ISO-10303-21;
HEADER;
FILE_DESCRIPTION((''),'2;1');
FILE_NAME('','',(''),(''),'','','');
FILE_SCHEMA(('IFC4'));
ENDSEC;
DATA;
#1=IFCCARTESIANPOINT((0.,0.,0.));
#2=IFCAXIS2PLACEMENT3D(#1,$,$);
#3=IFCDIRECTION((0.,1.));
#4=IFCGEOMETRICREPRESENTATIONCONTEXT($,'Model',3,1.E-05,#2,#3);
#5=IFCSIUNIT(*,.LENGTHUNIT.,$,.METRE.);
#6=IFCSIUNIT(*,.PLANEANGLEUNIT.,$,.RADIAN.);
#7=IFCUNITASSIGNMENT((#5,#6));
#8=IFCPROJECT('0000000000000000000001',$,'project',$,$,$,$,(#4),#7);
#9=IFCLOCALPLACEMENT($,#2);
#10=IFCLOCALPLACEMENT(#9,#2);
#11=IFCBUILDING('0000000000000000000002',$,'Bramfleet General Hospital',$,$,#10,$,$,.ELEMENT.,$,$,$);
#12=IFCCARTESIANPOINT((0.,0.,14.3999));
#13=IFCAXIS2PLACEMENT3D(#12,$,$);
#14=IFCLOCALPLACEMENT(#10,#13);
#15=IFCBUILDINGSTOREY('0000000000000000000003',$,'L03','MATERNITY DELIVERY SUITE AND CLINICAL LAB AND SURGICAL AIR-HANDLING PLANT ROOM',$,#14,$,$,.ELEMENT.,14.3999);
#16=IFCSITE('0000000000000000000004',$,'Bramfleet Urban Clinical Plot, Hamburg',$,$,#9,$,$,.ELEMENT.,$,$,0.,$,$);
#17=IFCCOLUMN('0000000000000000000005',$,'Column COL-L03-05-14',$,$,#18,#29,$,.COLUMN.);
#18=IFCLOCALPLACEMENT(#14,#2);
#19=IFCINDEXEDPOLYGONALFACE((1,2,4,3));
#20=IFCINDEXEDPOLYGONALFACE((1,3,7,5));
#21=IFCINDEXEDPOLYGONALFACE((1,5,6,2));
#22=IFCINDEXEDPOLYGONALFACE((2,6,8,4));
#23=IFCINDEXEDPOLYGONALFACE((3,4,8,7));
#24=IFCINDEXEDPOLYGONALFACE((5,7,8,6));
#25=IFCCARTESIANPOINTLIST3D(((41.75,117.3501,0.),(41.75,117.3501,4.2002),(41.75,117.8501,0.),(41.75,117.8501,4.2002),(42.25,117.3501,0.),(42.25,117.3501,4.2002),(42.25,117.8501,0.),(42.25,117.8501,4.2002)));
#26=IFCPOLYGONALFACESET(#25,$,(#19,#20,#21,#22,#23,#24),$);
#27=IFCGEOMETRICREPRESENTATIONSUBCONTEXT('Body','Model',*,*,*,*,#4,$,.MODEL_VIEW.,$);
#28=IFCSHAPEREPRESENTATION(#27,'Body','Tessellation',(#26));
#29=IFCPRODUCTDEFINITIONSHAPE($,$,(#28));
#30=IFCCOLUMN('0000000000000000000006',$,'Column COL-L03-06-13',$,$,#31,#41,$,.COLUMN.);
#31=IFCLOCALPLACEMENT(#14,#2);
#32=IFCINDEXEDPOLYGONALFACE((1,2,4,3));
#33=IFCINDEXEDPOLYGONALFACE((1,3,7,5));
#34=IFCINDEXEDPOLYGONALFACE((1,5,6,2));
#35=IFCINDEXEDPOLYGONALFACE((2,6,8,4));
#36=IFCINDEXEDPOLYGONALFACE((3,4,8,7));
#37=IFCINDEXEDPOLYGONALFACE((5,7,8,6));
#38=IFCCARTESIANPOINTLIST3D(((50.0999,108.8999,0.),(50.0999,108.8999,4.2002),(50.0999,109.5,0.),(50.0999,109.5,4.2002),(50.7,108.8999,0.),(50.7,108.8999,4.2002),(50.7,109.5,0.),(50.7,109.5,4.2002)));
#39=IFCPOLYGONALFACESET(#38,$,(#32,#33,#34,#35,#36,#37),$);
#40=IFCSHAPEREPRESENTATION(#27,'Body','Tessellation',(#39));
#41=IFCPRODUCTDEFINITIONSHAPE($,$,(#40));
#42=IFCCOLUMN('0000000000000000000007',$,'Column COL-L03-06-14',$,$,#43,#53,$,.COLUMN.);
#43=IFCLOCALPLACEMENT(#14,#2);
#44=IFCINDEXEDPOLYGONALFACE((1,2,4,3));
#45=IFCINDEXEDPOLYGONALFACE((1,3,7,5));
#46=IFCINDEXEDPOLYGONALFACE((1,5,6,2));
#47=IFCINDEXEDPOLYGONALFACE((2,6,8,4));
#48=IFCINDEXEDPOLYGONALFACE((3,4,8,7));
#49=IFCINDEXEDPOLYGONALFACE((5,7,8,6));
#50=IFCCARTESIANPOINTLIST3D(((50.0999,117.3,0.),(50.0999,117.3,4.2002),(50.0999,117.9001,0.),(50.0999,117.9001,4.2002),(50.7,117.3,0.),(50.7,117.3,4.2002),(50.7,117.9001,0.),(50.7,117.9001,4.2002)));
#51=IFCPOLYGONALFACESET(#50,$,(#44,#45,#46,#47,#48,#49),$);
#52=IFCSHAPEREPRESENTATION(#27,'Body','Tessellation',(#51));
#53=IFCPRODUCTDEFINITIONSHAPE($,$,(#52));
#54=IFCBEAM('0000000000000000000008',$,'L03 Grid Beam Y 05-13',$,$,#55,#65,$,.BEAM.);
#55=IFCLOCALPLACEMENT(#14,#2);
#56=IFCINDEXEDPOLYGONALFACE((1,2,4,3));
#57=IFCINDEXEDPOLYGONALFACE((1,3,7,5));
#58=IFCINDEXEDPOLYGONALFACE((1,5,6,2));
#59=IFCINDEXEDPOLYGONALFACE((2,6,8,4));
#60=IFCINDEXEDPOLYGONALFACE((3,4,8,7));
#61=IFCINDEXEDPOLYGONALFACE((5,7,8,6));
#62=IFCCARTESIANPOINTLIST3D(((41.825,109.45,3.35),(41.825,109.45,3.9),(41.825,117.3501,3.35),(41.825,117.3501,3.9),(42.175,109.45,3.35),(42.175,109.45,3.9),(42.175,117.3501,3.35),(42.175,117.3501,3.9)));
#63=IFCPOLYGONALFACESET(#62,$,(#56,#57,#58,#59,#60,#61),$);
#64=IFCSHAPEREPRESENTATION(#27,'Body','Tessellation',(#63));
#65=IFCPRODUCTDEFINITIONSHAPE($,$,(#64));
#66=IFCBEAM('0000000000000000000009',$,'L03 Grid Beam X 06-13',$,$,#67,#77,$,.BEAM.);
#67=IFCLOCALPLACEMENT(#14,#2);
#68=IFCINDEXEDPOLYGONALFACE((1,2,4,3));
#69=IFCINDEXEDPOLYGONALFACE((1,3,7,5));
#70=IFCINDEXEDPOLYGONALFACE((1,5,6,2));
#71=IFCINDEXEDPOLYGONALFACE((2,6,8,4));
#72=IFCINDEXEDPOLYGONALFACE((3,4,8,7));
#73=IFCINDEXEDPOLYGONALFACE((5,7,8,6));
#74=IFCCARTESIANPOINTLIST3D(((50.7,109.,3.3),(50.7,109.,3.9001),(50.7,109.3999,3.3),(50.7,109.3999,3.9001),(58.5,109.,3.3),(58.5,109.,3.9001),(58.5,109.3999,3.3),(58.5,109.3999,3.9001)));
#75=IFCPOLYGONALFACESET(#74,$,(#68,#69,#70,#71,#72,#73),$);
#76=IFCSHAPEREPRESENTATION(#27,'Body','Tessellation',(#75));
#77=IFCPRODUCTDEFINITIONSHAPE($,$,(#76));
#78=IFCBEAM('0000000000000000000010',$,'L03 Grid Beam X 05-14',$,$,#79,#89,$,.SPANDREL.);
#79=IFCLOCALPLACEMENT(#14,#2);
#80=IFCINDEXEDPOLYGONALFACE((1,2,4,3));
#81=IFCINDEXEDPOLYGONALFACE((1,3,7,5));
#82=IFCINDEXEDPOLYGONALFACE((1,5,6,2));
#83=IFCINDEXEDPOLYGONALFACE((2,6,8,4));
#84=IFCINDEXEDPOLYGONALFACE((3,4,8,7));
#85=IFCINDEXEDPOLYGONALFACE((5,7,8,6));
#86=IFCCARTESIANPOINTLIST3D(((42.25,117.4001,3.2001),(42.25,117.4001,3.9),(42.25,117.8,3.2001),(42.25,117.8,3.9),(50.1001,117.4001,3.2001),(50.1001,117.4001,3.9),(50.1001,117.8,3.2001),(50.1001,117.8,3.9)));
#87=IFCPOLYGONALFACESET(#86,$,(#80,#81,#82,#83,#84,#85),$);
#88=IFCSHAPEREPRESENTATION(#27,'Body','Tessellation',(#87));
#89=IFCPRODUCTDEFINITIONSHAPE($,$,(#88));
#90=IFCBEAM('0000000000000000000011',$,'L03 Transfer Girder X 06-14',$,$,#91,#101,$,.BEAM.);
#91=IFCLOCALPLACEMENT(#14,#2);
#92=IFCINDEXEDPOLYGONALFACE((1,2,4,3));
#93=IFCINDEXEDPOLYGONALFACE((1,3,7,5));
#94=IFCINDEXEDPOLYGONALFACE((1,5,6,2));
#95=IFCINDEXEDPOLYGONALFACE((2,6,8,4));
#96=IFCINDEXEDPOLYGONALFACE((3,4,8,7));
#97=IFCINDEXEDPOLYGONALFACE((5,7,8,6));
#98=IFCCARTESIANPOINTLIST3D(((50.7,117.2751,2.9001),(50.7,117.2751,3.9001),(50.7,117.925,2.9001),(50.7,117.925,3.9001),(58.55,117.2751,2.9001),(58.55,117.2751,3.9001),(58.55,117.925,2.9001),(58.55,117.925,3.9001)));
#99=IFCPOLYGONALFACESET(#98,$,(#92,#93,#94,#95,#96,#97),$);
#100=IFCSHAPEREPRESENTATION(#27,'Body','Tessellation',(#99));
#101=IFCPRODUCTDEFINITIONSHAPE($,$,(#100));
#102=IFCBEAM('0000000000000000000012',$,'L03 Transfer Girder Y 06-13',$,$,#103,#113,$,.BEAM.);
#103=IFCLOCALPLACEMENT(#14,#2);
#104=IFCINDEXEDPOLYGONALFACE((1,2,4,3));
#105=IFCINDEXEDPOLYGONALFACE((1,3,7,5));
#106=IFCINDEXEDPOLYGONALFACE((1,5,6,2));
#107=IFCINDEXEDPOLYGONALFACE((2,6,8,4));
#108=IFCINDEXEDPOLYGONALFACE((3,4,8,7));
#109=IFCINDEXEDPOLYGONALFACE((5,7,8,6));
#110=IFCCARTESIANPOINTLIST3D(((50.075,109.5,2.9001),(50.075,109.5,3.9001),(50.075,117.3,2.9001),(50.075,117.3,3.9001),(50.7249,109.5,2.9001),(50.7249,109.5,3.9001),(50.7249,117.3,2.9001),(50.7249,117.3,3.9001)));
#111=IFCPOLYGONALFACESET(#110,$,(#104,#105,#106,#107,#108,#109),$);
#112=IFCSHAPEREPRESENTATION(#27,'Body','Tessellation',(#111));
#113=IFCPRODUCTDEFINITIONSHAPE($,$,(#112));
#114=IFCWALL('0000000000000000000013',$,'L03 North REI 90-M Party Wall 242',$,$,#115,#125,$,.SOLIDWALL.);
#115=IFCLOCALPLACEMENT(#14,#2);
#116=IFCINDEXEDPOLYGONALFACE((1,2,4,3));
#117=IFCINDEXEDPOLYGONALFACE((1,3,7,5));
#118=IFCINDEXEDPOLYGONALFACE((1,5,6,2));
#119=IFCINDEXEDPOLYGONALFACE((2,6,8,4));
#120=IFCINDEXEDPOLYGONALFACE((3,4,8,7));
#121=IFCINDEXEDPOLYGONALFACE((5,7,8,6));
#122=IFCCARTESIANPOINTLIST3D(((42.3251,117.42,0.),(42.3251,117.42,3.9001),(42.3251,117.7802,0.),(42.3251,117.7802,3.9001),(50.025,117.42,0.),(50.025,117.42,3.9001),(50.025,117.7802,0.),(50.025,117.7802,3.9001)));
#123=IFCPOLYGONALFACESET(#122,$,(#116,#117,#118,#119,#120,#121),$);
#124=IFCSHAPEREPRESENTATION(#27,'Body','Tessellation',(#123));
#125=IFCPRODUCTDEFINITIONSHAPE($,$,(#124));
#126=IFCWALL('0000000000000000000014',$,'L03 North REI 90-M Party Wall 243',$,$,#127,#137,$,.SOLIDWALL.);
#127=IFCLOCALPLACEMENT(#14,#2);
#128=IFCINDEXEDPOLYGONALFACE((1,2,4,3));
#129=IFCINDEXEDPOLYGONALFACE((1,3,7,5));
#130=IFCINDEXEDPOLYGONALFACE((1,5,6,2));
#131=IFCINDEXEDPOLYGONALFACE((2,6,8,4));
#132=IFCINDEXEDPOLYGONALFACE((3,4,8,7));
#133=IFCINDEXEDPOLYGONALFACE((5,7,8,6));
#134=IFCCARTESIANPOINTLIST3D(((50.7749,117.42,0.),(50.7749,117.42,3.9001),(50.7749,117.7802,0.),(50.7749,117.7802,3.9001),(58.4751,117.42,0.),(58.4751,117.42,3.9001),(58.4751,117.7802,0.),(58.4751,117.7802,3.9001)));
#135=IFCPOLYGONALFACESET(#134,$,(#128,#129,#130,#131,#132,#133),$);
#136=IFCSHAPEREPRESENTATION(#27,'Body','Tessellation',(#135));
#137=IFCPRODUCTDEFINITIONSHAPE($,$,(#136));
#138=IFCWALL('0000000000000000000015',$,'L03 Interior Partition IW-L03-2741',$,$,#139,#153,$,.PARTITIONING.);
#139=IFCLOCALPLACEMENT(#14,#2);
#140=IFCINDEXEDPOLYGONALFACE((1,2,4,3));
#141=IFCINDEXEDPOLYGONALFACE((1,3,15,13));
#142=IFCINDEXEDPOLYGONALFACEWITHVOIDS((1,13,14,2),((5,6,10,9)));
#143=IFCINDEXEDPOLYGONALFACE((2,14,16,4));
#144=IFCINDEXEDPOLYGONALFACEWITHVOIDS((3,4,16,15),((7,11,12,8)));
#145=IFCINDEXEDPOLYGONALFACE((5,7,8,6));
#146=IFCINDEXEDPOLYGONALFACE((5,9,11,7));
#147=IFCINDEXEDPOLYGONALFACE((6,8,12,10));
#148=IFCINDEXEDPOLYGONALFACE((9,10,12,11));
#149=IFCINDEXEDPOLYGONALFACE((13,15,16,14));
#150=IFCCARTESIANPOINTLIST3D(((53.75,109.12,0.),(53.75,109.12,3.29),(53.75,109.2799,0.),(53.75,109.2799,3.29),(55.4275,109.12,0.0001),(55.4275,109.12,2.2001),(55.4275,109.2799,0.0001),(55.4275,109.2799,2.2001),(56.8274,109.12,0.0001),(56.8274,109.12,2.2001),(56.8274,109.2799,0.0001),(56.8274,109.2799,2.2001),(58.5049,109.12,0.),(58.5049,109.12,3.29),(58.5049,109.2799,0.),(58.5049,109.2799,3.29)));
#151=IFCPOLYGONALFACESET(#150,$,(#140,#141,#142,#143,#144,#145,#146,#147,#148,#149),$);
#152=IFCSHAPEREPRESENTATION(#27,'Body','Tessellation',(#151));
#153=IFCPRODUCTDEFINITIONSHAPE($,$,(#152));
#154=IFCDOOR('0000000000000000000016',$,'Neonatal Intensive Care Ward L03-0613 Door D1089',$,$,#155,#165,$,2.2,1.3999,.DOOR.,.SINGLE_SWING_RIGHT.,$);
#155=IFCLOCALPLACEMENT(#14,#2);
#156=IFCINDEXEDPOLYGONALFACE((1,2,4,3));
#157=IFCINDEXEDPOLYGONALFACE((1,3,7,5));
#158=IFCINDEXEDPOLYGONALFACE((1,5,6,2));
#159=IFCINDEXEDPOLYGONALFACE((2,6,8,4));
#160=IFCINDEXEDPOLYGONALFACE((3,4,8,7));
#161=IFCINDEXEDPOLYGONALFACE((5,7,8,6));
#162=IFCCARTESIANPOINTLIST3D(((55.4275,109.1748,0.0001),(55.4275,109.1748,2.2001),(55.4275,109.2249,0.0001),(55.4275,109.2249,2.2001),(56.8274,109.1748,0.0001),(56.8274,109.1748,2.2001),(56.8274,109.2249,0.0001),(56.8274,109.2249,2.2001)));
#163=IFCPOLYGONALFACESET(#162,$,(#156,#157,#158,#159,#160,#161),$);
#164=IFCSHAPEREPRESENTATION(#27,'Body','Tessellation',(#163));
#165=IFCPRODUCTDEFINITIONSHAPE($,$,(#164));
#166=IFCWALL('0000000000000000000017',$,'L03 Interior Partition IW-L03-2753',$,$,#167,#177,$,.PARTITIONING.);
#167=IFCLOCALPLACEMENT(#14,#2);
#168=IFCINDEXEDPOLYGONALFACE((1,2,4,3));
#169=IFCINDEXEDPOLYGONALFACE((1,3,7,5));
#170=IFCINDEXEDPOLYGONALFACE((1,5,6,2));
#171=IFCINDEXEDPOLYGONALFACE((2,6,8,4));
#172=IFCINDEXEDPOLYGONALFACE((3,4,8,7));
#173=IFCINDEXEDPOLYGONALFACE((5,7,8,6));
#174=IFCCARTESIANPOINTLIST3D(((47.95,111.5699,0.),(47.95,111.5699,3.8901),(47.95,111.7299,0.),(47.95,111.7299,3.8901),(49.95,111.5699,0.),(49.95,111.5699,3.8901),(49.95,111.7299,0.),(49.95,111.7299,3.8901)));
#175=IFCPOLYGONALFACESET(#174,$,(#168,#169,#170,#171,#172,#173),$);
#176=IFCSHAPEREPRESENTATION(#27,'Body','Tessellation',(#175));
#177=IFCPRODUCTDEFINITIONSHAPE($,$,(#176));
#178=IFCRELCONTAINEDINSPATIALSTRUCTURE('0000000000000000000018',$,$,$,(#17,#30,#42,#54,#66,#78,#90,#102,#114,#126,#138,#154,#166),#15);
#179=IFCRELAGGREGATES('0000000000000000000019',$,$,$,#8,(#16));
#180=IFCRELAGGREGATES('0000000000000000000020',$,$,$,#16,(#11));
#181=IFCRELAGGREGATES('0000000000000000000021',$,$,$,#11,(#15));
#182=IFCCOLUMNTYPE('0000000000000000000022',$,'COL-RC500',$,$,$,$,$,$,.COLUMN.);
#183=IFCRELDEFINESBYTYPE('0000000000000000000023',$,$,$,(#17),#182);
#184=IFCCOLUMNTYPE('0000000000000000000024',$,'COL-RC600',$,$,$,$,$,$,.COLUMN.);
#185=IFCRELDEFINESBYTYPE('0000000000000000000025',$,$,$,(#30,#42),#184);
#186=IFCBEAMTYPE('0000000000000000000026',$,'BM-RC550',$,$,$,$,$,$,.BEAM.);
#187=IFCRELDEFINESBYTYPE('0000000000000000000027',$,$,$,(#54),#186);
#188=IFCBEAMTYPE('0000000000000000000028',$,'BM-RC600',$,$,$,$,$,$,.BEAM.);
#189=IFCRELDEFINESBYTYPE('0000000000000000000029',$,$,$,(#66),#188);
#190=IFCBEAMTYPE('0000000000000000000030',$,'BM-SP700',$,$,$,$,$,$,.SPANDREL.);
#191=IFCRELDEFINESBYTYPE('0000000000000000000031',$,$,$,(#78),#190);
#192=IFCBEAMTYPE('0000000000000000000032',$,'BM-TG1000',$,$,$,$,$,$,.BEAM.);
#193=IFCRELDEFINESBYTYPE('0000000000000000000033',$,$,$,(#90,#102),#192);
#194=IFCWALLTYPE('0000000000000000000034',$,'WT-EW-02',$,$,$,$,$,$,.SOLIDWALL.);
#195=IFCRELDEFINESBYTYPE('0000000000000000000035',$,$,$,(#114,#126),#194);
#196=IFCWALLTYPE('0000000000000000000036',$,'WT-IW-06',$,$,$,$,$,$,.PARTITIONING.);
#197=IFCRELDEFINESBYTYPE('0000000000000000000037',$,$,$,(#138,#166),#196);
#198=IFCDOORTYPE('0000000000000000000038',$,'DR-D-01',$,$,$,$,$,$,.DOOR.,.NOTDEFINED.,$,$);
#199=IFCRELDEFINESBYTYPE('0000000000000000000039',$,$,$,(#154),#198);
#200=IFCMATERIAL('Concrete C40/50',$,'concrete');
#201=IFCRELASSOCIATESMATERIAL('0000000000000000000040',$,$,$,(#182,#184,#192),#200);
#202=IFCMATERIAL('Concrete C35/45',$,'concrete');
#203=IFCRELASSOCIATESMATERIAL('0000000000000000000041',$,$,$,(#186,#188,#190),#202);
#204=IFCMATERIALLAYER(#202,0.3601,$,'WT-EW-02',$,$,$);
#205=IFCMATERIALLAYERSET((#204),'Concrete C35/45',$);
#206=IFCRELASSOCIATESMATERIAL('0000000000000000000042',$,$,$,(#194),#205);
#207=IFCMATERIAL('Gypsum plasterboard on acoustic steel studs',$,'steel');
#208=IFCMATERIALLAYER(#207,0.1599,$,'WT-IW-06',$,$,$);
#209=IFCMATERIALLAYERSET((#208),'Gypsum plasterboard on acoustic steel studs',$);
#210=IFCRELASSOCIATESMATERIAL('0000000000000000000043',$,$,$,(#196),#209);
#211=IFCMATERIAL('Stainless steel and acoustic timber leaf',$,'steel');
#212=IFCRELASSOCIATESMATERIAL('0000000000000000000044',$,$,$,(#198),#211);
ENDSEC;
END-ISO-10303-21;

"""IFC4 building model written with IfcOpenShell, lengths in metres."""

from ifc_helpers import new_model, si_unit, direction, frame, frame_2d, origin, origin_2d, place, context, subcontext, project, spatial, rectangle, extrude, material, layer, layer_set, material_profile, profile_set, type_object, element, fill, save


model = new_model("IFC4")

# Units and contexts
model_context = context("Model", 3, precision=1e-05, world=origin(), true_north=direction((0.0, 1.0)))
body_context = subcontext(model_context, "Body", "Model", "MODEL_VIEW")
ifc_project = project(units=[si_unit("LENGTHUNIT", "METRE"), si_unit("PLANEANGLEUNIT", "RADIAN")], contexts=[model_context])

# Site, building, storey
site_placement = place(None, origin())
site = spatial("IfcSite", under=ifc_project, at=site_placement, Name="Bramfleet Urban Clinical Plot, Hamburg", CompositionType="ELEMENT", RefElevation=0.0)
building_placement = place(site_placement, origin())
building = spatial("IfcBuilding", under=site, at=building_placement, Name="Bramfleet General Hospital", CompositionType="ELEMENT")
storey_placement = place(building_placement, frame((0.0, 0.0, 14.3999)))
storey = spatial("IfcBuildingStorey", under=building, at=storey_placement, Name="L03", Description="MATERNITY DELIVERY SUITE AND CLINICAL LAB AND SURGICAL AIR-HANDLING PLANT ROOM", CompositionType="ELEMENT", Elevation=14.3999)

# Columns
ifc_material_1 = material(Name="Concrete C40/50", Category="concrete")
ifc_material_profile_1 = material_profile(ifc_material_1, rectangle(XDim=0.5, YDim=0.5, at=origin_2d()), Name="RC COL 500x500")
ifc_profile_set_1 = profile_set([ifc_material_profile_1], Name="Concrete C40/50")
column_type_1 = type_object("IfcColumnType", Name="COL-RC500", PredefinedType="COLUMN", material=ifc_profile_set_1)
column_placement = place(storey_placement, frame((42.0, 117.6001, 0.0), z_axis=(0.0, 0.0, 1.0), x_axis=(1.0, 0.0, 0.0)))
element("IfcColumn", 1, at=column_placement, inside=storey, type_object=column_type_1, Name="Column COL-L03-05-14", PredefinedType="COLUMN", context=body_context, shape_type="SweptSolid", body=[
    extrude(rectangle(XDim=0.5, YDim=0.5, at=origin_2d()), origin(), (0.0, 0.0, 1.0), 4.2002),
])
ifc_material_profile_2 = material_profile(ifc_material_1, rectangle(XDim=0.6001, YDim=0.6001, at=origin_2d()), Name="RC COL 600x600")
ifc_profile_set_2 = profile_set([ifc_material_profile_2], Name="Concrete C40/50")
column_type_2 = type_object("IfcColumnType", Name="COL-RC600", PredefinedType="COLUMN", material=ifc_profile_set_2)
for number, where, z_axis, x_axis, name in (
    (2, (50.3999, 109.2, 0.0), (0.0, 0.0, 1.0), (1.0, 0.0, 0.0), "Column COL-L03-06-13"),
    (3, (50.3999, 117.6001, 0.0), (0.0, 0.0, 1.0), (1.0, 0.0, 0.0), "Column COL-L03-06-14"),
):
    element("IfcColumn", number, at=place(storey_placement, frame(where, z_axis=z_axis, x_axis=x_axis)), inside=storey, type_object=column_type_2, Name=name, PredefinedType="COLUMN", context=body_context, shape_type="SweptSolid", body=[
        extrude(rectangle(XDim=0.6001, YDim=0.6001, at=origin_2d()), origin(), (0.0, 0.0, 1.0), 4.2002),
    ])

# Beams
ifc_material_2 = material(Name="Concrete C35/45", Category="concrete")
ifc_material_profile_3 = material_profile(ifc_material_2, rectangle(XDim=0.3501, YDim=0.55, at=origin_2d()), Name="RC BM 550x350")
ifc_profile_set_3 = profile_set([ifc_material_profile_3], Name="Concrete C35/45")
beam_type_1 = type_object("IfcBeamType", Name="BM-RC550", PredefinedType="BEAM", material=ifc_profile_set_3)
beam_1_placement = place(storey_placement, frame((42.0, 109.45, 3.625), z_axis=(0.0, 1.0, 0.0), x_axis=(-1.0, 0.0, 0.0)))
element("IfcBeam", 4, at=beam_1_placement, inside=storey, type_object=beam_type_1, Name="L03 Grid Beam Y 05-13", PredefinedType="BEAM", context=body_context, shape_type="SweptSolid", body=[
    extrude(rectangle(XDim=0.3501, YDim=0.55, at=origin_2d()), origin(), (0.0, 0.0, 1.0), 7.9001),
])
ifc_material_profile_4 = material_profile(ifc_material_2, rectangle(XDim=0.3999, YDim=0.6001, at=origin_2d()), Name="RC BM 600x400")
ifc_profile_set_4 = profile_set([ifc_material_profile_4], Name="Concrete C35/45")
beam_type_2 = type_object("IfcBeamType", Name="BM-RC600", PredefinedType="BEAM", material=ifc_profile_set_4)
beam_2_placement = place(storey_placement, frame((50.7, 109.2, 3.6001), z_axis=(1.0, 0.0, 0.0), x_axis=(0.0, 1.0, 0.0)))
element("IfcBeam", 5, at=beam_2_placement, inside=storey, type_object=beam_type_2, Name="L03 Grid Beam X 06-13", PredefinedType="BEAM", context=body_context, shape_type="SweptSolid", body=[
    extrude(rectangle(XDim=0.3999, YDim=0.6001, at=origin_2d()), origin(), (0.0, 0.0, 1.0), 7.8),
])
ifc_material_profile_5 = material_profile(ifc_material_2, rectangle(XDim=0.3999, YDim=0.7, at=origin_2d()), Name="RC SP 700x400")
ifc_profile_set_5 = profile_set([ifc_material_profile_5], Name="Concrete C35/45")
beam_type_3 = type_object("IfcBeamType", Name="BM-SP700", PredefinedType="SPANDREL", material=ifc_profile_set_5)
beam_3_placement = place(storey_placement, frame((42.25, 117.6001, 3.55), z_axis=(1.0, 0.0, 0.0), x_axis=(0.0, 1.0, 0.0)))
element("IfcBeam", 6, at=beam_3_placement, inside=storey, type_object=beam_type_3, Name="L03 Grid Beam X 05-14", PredefinedType="SPANDREL", context=body_context, shape_type="SweptSolid", body=[
    extrude(rectangle(XDim=0.3999, YDim=0.7, at=origin_2d()), origin(), (0.0, 0.0, 1.0), 7.8501),
])
ifc_material_profile_6 = material_profile(ifc_material_1, rectangle(XDim=0.6499, YDim=1.0, at=origin_2d()), Name="RC TG 1000x650")
ifc_profile_set_6 = profile_set([ifc_material_profile_6], Name="Concrete C40/50")
beam_type_4 = type_object("IfcBeamType", Name="BM-TG1000", PredefinedType="BEAM", material=ifc_profile_set_6)
beam_4_placement = place(storey_placement, frame((50.7, 117.6001, 3.4001), z_axis=(1.0, 0.0, 0.0), x_axis=(0.0, 1.0, 0.0)))
element("IfcBeam", 7, at=beam_4_placement, inside=storey, type_object=beam_type_4, Name="L03 Transfer Girder X 06-14", PredefinedType="BEAM", context=body_context, shape_type="SweptSolid", body=[
    extrude(rectangle(XDim=0.6499, YDim=1.0, at=origin_2d()), origin(), (0.0, 0.0, 1.0), 7.8501),
])
beam_5_placement = place(storey_placement, frame((50.3999, 109.5, 3.4001), z_axis=(0.0, 1.0, 0.0), x_axis=(-1.0, 0.0, 0.0)))
element("IfcBeam", 8, at=beam_5_placement, inside=storey, type_object=beam_type_4, Name="L03 Transfer Girder Y 06-13", PredefinedType="BEAM", context=body_context, shape_type="SweptSolid", body=[
    extrude(rectangle(XDim=0.6499, YDim=1.0, at=origin_2d()), origin(), (0.0, 0.0, 1.0), 7.8),
])

# Walls
ifc_layer_1 = layer(ifc_material_2, 0.3601, Name="WT-EW-02")
ifc_layer_set_1 = layer_set([ifc_layer_1], Name="Concrete C35/45")
wall_type_1 = type_object("IfcWallType", Name="WT-EW-02", PredefinedType="SOLIDWALL", material=ifc_layer_set_1)
wall_1_placement = place(storey_placement, frame((42.325, 117.6001, 0.0), z_axis=(0.0, 0.0, 1.0), x_axis=(1.0, 0.0, 0.0)))
element("IfcWall", 9, at=wall_1_placement, inside=storey, type_object=wall_type_1, Name="L03 North REI 90-M Party Wall 242", PredefinedType="SOLIDWALL", context=body_context, shape_type="SweptSolid", body=[
    extrude(rectangle(XDim=7.7, YDim=0.3601, at=frame_2d((3.8501, 0.0))), origin(), (0.0, 0.0, 1.0), 3.9001),
])
wall_2_placement = place(storey_placement, frame((50.7749, 117.6001, 0.0), z_axis=(0.0, 0.0, 1.0), x_axis=(1.0, 0.0, 0.0)))
element("IfcWall", 10, at=wall_2_placement, inside=storey, type_object=wall_type_1, Name="L03 North REI 90-M Party Wall 243", PredefinedType="SOLIDWALL", context=body_context, shape_type="SweptSolid", body=[
    extrude(rectangle(XDim=7.7002, YDim=0.3601, at=frame_2d((3.8501, 0.0))), origin(), (0.0, 0.0, 1.0), 3.9001),
])

# Wall, opening, door
ifc_material_3 = material(Name="Gypsum plasterboard on acoustic steel studs", Category="steel")
ifc_layer_2 = layer(ifc_material_3, 0.1599, Name="WT-IW-06")
ifc_layer_set_2 = layer_set([ifc_layer_2], Name="Gypsum plasterboard on acoustic steel studs")
wall_type_2 = type_object("IfcWallType", Name="WT-IW-06", PredefinedType="PARTITIONING", material=ifc_layer_set_2)
wall_3_placement = place(storey_placement, frame((53.75, 109.2, 0.0), z_axis=(0.0, 0.0, 1.0), x_axis=(1.0, 0.0, 0.0)))
wall_3 = element("IfcWall", 11, at=wall_3_placement, inside=storey, type_object=wall_type_2, Name="L03 Interior Partition IW-L03-2741", PredefinedType="PARTITIONING", context=body_context, shape_type="SweptSolid", body=[
    extrude(rectangle(XDim=4.7549, YDim=0.1599, at=frame_2d((2.3774, 0.0))), origin(), (0.0, 0.0, 1.0), 3.29),
])
opening_1_placement = place(wall_3_placement, frame((1.6775, 0.0, 0.0)))
opening_1 = element("IfcOpeningElement", 12, at=opening_1_placement, cuts=wall_3, PredefinedType="OPENING", context=body_context, shape_type="SweptSolid", body=[
    extrude(rectangle(XDim=1.3999, YDim=2.2, at=frame_2d((0.7, 1.1001))), frame((0.0, 0.0898, 0.0), z_axis=(0.0, -1.0, 0.0), x_axis=(1.0, 0.0, 0.0)), (0.0, 0.0, 1.0), 0.1799),
])
ifc_material_4 = material(Name="Stainless steel and acoustic timber leaf", Category="steel")
door_type_1 = type_object("IfcDoorType", Name="DR-D-01", OperationType="NOTDEFINED", PredefinedType="DOOR", material=ifc_material_4)
door_1_placement = place(opening_1_placement, origin())
door_1 = element("IfcDoor", 13, at=door_1_placement, inside=storey, type_object=door_type_1, Name="Neonatal Intensive Care Ward L03-0613 Door D1089", OperationType="SINGLE_SWING_RIGHT", OverallHeight=2.2, OverallWidth=1.3999, PredefinedType="DOOR", context=body_context, shape_type="SweptSolid", body=[
    extrude(rectangle(XDim=1.3999, YDim=2.2, at=frame_2d((0.7, 1.1001))), frame((0.0, 0.0249, 0.0), z_axis=(0.0, -1.0, 0.0), x_axis=(1.0, 0.0, 0.0)), (0.0, 0.0, 1.0), 0.05),
])
fill(opening_1, door_1)

# Wall
wall_4_placement = place(storey_placement, frame((47.95, 111.6499, 0.0), z_axis=(0.0, 0.0, 1.0), x_axis=(1.0, 0.0, 0.0)))
element("IfcWall", 14, at=wall_4_placement, inside=storey, type_object=wall_type_2, Name="L03 Interior Partition IW-L03-2753", PredefinedType="PARTITIONING", context=body_context, shape_type="SweptSolid", body=[
    extrude(rectangle(XDim=2.0, YDim=0.1599, at=frame_2d((1.0, 0.0))), origin(), (0.0, 0.0, 1.0), 3.8901),
])

save(model, "model.ifc")
